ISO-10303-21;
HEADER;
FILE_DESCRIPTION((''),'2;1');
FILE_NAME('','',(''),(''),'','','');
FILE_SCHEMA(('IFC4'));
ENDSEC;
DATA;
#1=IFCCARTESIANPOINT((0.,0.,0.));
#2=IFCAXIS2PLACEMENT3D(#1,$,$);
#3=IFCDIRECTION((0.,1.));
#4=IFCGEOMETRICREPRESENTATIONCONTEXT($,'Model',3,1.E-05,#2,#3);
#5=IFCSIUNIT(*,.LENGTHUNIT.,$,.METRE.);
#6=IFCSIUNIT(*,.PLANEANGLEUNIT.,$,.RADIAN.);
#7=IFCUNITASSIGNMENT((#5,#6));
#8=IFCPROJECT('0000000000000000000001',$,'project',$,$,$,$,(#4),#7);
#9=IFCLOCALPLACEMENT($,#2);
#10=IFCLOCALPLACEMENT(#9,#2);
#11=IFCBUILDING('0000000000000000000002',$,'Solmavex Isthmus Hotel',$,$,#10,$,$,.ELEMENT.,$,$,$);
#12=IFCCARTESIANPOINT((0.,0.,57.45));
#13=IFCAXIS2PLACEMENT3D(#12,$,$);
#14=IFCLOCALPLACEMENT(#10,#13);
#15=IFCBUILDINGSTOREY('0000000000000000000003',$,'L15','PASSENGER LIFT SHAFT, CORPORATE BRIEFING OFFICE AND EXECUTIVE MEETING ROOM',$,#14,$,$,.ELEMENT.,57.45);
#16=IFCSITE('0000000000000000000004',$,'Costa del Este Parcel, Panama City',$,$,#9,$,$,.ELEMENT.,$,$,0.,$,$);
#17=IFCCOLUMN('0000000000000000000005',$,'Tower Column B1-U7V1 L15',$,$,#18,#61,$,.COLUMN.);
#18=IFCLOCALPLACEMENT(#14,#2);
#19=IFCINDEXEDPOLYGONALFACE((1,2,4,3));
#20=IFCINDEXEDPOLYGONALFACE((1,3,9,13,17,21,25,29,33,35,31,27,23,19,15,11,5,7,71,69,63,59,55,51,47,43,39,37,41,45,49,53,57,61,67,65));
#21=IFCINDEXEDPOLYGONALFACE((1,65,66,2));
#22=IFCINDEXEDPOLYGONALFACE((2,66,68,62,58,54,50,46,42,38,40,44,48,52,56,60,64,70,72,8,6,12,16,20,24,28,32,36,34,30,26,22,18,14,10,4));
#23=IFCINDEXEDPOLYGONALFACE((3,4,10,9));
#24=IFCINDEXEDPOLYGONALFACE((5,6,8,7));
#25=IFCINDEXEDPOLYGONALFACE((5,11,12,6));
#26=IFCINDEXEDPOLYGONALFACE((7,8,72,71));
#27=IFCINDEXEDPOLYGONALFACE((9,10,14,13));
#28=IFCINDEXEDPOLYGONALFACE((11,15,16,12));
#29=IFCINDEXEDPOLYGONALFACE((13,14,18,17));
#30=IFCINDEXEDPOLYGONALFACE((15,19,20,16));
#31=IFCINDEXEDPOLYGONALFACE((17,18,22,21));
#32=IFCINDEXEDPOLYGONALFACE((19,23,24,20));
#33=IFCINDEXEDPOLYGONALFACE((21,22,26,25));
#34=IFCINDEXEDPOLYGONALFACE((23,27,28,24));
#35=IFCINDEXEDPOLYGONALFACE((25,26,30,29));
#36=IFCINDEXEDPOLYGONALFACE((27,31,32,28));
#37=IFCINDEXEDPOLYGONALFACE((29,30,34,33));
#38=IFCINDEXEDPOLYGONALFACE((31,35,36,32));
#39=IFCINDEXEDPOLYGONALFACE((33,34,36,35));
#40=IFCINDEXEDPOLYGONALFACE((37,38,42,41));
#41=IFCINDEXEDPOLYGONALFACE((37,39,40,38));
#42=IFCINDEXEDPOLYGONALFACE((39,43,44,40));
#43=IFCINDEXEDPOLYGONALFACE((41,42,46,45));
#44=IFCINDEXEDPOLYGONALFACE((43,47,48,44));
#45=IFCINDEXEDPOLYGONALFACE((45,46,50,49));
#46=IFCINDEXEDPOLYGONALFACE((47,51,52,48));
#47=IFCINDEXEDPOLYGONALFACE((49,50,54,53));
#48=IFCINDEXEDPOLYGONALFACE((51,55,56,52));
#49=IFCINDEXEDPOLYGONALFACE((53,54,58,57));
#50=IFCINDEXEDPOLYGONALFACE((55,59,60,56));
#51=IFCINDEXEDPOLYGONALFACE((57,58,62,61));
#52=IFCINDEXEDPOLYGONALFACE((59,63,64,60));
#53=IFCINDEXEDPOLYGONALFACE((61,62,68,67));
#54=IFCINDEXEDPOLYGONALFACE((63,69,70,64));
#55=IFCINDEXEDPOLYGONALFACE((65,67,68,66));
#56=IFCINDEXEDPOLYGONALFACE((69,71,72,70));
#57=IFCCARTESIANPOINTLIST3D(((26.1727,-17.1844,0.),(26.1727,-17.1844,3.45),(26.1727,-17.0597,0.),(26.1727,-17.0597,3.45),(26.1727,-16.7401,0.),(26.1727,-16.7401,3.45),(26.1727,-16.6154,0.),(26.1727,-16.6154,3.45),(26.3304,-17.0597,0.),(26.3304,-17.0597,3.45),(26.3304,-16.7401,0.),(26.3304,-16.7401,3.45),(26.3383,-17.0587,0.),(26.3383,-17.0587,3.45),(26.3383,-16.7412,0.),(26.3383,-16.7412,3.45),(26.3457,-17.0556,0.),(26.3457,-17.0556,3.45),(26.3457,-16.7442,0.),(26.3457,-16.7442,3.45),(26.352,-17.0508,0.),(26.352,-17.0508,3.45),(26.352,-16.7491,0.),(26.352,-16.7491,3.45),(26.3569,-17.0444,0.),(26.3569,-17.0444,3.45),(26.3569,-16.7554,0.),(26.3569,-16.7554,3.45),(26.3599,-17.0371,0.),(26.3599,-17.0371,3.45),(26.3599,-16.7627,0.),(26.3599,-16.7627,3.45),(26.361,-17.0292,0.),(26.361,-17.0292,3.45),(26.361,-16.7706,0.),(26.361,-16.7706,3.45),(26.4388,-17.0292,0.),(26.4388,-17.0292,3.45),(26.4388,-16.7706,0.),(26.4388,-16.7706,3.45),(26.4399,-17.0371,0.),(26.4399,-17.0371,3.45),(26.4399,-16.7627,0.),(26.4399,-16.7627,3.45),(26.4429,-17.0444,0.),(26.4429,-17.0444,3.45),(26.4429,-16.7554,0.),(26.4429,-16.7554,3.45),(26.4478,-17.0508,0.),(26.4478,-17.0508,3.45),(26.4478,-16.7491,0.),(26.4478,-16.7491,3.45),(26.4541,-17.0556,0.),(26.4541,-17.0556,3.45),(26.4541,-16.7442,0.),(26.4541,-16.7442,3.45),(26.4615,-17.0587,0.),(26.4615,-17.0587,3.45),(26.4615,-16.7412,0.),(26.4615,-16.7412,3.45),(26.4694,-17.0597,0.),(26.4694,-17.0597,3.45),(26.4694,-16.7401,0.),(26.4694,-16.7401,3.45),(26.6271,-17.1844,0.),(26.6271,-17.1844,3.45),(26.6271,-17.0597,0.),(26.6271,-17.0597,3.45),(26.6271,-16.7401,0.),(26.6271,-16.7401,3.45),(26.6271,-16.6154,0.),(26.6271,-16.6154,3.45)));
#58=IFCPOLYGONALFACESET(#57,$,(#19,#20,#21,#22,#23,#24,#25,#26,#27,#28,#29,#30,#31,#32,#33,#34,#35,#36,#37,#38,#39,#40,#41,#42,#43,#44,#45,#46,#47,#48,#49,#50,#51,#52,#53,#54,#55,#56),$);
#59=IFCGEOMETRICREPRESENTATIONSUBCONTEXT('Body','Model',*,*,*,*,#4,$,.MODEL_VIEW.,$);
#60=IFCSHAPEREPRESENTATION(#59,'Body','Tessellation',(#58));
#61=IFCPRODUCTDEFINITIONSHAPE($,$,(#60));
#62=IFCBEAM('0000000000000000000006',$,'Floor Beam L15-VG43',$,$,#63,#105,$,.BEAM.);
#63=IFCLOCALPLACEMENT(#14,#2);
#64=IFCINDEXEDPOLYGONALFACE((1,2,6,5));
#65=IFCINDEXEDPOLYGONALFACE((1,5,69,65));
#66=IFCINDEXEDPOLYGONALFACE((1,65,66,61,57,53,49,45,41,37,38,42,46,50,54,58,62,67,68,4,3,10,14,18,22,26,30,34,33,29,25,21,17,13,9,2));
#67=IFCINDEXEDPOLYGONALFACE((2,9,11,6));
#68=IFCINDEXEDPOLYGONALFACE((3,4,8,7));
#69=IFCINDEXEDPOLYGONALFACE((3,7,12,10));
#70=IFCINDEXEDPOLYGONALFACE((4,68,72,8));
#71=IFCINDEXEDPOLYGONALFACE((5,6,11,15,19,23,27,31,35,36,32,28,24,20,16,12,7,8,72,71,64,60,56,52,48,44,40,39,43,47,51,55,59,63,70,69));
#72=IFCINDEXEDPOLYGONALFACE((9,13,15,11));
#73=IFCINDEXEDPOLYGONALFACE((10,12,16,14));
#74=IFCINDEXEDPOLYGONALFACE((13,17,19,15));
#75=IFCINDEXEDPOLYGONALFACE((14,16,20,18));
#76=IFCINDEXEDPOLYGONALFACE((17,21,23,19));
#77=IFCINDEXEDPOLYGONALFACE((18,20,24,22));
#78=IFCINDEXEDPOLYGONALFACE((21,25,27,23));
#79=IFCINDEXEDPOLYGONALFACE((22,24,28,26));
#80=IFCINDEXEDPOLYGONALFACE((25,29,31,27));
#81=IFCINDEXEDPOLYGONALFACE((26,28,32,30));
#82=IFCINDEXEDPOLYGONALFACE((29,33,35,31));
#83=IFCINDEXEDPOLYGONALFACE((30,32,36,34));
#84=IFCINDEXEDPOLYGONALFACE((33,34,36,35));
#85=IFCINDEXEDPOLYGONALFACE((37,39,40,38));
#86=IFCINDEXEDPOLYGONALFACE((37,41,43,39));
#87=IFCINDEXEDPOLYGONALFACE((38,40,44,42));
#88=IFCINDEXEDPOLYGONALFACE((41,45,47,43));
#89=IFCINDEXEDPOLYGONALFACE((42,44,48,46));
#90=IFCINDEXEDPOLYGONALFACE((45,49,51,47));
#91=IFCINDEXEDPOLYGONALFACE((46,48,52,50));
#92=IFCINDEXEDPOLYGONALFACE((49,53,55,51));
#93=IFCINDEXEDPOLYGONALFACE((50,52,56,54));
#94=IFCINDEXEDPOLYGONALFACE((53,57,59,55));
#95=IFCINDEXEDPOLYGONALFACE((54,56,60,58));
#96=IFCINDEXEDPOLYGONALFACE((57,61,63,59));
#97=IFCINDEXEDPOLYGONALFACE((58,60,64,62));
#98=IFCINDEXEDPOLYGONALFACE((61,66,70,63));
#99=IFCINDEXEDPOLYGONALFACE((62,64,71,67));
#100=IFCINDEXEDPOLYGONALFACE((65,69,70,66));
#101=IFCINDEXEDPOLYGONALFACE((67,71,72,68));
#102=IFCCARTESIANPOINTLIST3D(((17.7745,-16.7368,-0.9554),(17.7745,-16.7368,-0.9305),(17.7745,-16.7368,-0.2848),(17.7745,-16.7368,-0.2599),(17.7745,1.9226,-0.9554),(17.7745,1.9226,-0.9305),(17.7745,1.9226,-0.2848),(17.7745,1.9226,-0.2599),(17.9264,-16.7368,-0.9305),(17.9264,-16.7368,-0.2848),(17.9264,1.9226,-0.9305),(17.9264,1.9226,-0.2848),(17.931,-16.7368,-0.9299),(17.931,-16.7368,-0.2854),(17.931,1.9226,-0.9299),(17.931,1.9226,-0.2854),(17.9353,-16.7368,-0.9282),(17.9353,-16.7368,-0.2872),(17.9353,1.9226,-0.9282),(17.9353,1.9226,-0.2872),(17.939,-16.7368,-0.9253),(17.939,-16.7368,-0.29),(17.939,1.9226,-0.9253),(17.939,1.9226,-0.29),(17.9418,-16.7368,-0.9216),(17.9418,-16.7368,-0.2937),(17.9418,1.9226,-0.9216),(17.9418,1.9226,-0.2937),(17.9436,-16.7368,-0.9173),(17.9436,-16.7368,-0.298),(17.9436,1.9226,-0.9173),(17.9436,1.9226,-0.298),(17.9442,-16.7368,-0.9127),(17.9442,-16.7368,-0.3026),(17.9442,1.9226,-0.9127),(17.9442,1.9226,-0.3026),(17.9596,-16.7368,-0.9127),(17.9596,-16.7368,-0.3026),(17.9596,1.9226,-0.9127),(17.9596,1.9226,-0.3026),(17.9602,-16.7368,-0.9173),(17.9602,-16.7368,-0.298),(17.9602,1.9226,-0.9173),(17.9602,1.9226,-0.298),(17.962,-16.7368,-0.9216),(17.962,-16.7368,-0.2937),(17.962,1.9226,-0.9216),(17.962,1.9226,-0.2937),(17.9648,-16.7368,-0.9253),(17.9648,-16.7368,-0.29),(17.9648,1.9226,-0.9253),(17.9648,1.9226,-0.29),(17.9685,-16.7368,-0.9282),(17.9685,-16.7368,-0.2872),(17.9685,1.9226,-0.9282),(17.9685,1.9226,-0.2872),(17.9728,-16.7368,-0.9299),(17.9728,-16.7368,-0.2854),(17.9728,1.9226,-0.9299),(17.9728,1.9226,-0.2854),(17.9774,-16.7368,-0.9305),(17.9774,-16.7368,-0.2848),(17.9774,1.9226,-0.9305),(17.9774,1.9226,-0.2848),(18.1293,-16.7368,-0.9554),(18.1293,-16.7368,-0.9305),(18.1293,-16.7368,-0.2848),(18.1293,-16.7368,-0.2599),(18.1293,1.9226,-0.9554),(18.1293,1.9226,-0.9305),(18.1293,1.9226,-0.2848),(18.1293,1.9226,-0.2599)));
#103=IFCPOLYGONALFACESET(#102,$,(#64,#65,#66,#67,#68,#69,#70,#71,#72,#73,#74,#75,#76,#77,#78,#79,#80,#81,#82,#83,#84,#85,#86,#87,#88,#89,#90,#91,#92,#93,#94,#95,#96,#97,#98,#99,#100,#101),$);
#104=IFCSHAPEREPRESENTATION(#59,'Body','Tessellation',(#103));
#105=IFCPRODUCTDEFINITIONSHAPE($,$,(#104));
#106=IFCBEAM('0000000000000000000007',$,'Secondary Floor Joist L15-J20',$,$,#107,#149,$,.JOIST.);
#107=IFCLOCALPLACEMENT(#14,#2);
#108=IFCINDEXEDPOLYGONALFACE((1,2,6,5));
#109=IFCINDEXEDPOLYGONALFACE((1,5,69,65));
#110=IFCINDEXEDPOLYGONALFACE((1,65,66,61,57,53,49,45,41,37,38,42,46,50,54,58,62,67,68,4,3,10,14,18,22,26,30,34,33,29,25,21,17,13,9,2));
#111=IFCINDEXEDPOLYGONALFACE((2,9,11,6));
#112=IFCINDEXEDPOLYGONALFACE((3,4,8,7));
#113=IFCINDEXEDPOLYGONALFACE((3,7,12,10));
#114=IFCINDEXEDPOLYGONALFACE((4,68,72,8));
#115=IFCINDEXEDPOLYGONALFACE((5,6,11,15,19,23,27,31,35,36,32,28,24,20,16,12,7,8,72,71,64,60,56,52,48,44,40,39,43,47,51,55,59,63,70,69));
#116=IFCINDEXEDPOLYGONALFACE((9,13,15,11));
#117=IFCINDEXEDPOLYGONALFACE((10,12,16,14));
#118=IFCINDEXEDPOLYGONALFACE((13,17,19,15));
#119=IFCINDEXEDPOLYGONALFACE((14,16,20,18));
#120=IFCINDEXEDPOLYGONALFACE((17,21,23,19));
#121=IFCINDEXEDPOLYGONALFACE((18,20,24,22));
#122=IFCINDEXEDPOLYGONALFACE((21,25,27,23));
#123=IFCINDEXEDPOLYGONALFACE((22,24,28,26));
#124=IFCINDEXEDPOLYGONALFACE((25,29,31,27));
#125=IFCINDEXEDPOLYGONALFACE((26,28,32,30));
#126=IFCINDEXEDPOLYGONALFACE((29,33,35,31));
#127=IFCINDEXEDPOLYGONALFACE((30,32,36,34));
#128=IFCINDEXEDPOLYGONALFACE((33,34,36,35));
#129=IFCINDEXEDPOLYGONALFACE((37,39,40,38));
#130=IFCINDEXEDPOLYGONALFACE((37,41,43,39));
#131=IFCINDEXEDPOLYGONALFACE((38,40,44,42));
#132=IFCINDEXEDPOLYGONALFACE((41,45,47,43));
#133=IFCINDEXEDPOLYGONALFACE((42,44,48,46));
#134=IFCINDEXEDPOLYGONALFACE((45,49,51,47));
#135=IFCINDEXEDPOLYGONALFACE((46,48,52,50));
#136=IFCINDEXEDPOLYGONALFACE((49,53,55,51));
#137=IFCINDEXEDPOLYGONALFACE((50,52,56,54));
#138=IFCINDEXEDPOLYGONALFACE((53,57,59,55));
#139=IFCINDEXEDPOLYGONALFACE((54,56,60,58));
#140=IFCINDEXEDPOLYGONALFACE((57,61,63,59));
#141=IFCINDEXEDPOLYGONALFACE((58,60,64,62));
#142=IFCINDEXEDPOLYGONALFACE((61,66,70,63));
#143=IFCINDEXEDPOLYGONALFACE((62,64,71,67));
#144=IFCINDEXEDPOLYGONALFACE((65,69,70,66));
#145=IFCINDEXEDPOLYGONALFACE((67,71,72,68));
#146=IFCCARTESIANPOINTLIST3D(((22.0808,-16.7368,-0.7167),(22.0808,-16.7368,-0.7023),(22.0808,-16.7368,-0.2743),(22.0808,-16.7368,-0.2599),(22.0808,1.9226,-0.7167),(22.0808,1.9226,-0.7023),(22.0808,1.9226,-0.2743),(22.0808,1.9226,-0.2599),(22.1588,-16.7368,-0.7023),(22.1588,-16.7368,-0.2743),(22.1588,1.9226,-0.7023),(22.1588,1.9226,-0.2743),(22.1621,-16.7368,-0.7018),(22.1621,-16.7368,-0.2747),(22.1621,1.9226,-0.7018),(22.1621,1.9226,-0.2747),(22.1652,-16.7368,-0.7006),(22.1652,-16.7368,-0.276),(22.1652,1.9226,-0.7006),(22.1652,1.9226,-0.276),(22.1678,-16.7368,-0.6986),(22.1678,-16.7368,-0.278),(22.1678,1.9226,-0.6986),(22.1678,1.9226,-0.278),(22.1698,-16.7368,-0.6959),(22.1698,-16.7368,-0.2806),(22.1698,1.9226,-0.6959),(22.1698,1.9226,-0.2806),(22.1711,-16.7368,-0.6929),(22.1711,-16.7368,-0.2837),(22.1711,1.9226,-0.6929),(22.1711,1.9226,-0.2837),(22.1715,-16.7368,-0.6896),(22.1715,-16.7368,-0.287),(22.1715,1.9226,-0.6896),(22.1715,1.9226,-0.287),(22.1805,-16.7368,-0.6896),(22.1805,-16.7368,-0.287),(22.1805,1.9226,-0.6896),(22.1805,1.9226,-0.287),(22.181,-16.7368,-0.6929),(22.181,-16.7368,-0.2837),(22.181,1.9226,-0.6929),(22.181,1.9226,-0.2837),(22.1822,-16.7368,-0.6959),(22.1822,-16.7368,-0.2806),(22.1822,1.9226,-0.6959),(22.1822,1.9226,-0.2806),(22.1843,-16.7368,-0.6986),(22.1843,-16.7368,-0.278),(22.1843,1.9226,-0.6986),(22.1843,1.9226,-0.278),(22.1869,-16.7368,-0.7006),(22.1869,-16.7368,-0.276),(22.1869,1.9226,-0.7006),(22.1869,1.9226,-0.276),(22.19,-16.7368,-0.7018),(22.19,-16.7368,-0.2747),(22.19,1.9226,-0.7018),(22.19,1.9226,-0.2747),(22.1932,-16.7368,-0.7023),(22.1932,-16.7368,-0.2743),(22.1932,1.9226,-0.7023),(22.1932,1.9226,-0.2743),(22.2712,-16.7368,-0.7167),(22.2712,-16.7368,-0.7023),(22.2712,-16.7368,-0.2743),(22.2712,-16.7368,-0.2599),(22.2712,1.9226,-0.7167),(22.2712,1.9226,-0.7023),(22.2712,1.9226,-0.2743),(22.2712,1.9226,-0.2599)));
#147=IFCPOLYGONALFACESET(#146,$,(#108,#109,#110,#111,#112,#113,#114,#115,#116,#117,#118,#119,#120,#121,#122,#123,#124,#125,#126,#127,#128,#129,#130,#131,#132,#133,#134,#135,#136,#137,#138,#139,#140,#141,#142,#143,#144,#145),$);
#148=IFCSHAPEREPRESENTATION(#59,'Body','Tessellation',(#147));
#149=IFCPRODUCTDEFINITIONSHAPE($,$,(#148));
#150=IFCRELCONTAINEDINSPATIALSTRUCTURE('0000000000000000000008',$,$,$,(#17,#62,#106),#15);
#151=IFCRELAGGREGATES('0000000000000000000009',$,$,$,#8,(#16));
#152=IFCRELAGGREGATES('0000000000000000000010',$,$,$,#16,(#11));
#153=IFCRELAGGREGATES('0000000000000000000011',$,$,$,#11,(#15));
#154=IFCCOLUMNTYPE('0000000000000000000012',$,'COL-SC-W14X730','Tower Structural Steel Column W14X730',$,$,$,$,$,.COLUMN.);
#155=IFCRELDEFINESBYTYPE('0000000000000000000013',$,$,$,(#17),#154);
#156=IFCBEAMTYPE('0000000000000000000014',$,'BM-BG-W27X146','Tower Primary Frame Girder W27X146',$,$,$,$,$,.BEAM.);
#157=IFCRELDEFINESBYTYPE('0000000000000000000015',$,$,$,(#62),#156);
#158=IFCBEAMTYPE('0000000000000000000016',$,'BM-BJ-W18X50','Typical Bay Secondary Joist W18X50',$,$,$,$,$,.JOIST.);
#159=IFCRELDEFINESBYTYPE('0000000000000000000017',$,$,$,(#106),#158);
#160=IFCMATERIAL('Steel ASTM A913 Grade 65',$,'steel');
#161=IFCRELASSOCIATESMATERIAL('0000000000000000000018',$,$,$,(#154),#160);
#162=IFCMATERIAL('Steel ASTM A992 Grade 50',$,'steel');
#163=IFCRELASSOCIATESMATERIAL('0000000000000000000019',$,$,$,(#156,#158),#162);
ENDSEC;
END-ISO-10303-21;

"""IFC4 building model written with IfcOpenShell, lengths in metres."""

from ifc_helpers import new_model, si_unit, direction, frame, origin, origin_2d, place, context, subcontext, project, spatial, i_section, extrude, material, material_profile, profile_set, type_object, element, save


model = new_model("IFC4")

# Units and contexts
model_context = context("Model", 3, precision=1e-05, world=origin(), true_north=direction((0.0, 1.0)))
body_context = subcontext(model_context, "Body", "Model", "MODEL_VIEW")
ifc_project = project(units=[si_unit("LENGTHUNIT", "METRE"), si_unit("PLANEANGLEUNIT", "RADIAN")], contexts=[model_context])

# Site, building, storey
site_placement = place(None, origin())
site = spatial("IfcSite", under=ifc_project, at=site_placement, Name="Costa del Este Parcel, Panama City", CompositionType="ELEMENT", RefElevation=0.0)
building_placement = place(site_placement, origin())
building = spatial("IfcBuilding", under=site, at=building_placement, Name="Solmavex Isthmus Hotel", CompositionType="ELEMENT")
storey_placement = place(building_placement, frame((0.0, 0.0, 57.45)))
storey = spatial("IfcBuildingStorey", under=building, at=storey_placement, Name="L15", Description="PASSENGER LIFT SHAFT, CORPORATE BRIEFING OFFICE AND EXECUTIVE MEETING ROOM", CompositionType="ELEMENT", Elevation=57.45)

# Column
ifc_material_1 = material(Name="Steel ASTM A913 Grade 65", Category="steel")
ifc_material_profile_1 = material_profile(ifc_material_1, i_section(OverallWidth=0.4543, OverallDepth=0.5691, WebThickness=0.0779, FlangeThickness=0.1248, FilletRadius=0.0305, at=origin_2d()), Name="W14X730")
ifc_profile_set_1 = profile_set([ifc_material_profile_1], Name="Steel ASTM A913 Grade 65")
column_type = type_object("IfcColumnType", Name="COL-SC-W14X730", Description="Tower Structural Steel Column W14X730", PredefinedType="COLUMN", material=ifc_profile_set_1)
column_placement = place(storey_placement, frame((26.3999, -16.8999, 0.0), z_axis=(0.0, 0.0, 1.0), x_axis=(1.0, 0.0, 0.0)))
element("IfcColumn", 1, at=column_placement, inside=storey, type_object=column_type, Name="Tower Column B1-U7V1 L15", PredefinedType="COLUMN", context=body_context, shape_type="SweptSolid", body=[
    extrude(i_section(OverallWidth=0.4543, OverallDepth=0.5691, WebThickness=0.0779, FlangeThickness=0.1248, FilletRadius=0.0305, at=origin_2d()), origin(), (0.0, 0.0, 1.0), 3.45),
])

# Beams
ifc_material_2 = material(Name="Steel ASTM A992 Grade 50", Category="steel")
ifc_material_profile_2 = material_profile(ifc_material_2, i_section(OverallWidth=0.3547, OverallDepth=0.6956, WebThickness=0.0154, FlangeThickness=0.0249, FilletRadius=0.0178, at=origin_2d()), Name="W27X146")
ifc_profile_set_2 = profile_set([ifc_material_profile_2], Name="Steel ASTM A992 Grade 50")
beam_type_1 = type_object("IfcBeamType", Name="BM-BG-W27X146", Description="Tower Primary Frame Girder W27X146", PredefinedType="BEAM", material=ifc_profile_set_2)
beam_1_placement = place(storey_placement, frame((17.9519, -16.7368, -0.6077), z_axis=(0.0, 1.0, 0.0), x_axis=(-1.0, 0.0, 0.0)))
element("IfcBeam", 2, at=beam_1_placement, inside=storey, type_object=beam_type_1, Name="Floor Beam L15-VG43", PredefinedType="BEAM", context=body_context, shape_type="SweptSolid", body=[
    extrude(i_section(OverallWidth=0.3547, OverallDepth=0.6956, WebThickness=0.0154, FlangeThickness=0.0249, FilletRadius=0.0178, at=origin_2d()), origin(), (0.0, 0.0, 1.0), 18.6594),
])
ifc_material_profile_3 = material_profile(ifc_material_2, i_section(OverallWidth=0.1904, OverallDepth=0.4568, WebThickness=0.009, FlangeThickness=0.0144, FilletRadius=0.0127, at=origin_2d()), Name="W18X50")
ifc_profile_set_3 = profile_set([ifc_material_profile_3], Name="Steel ASTM A992 Grade 50")
beam_type_2 = type_object("IfcBeamType", Name="BM-BJ-W18X50", Description="Typical Bay Secondary Joist W18X50", PredefinedType="JOIST", material=ifc_profile_set_3)
beam_2_placement = place(storey_placement, frame((22.176, -16.7368, -0.4883), z_axis=(0.0, 1.0, 0.0), x_axis=(-1.0, 0.0, 0.0)))
element("IfcBeam", 3, at=beam_2_placement, inside=storey, type_object=beam_type_2, Name="Secondary Floor Joist L15-J20", PredefinedType="JOIST", context=body_context, shape_type="SweptSolid", body=[
    extrude(i_section(OverallWidth=0.1904, OverallDepth=0.4568, WebThickness=0.009, FlangeThickness=0.0144, FilletRadius=0.0127, at=origin_2d()), origin(), (0.0, 0.0, 1.0), 18.6594),
])

save(model, "model.ifc")
